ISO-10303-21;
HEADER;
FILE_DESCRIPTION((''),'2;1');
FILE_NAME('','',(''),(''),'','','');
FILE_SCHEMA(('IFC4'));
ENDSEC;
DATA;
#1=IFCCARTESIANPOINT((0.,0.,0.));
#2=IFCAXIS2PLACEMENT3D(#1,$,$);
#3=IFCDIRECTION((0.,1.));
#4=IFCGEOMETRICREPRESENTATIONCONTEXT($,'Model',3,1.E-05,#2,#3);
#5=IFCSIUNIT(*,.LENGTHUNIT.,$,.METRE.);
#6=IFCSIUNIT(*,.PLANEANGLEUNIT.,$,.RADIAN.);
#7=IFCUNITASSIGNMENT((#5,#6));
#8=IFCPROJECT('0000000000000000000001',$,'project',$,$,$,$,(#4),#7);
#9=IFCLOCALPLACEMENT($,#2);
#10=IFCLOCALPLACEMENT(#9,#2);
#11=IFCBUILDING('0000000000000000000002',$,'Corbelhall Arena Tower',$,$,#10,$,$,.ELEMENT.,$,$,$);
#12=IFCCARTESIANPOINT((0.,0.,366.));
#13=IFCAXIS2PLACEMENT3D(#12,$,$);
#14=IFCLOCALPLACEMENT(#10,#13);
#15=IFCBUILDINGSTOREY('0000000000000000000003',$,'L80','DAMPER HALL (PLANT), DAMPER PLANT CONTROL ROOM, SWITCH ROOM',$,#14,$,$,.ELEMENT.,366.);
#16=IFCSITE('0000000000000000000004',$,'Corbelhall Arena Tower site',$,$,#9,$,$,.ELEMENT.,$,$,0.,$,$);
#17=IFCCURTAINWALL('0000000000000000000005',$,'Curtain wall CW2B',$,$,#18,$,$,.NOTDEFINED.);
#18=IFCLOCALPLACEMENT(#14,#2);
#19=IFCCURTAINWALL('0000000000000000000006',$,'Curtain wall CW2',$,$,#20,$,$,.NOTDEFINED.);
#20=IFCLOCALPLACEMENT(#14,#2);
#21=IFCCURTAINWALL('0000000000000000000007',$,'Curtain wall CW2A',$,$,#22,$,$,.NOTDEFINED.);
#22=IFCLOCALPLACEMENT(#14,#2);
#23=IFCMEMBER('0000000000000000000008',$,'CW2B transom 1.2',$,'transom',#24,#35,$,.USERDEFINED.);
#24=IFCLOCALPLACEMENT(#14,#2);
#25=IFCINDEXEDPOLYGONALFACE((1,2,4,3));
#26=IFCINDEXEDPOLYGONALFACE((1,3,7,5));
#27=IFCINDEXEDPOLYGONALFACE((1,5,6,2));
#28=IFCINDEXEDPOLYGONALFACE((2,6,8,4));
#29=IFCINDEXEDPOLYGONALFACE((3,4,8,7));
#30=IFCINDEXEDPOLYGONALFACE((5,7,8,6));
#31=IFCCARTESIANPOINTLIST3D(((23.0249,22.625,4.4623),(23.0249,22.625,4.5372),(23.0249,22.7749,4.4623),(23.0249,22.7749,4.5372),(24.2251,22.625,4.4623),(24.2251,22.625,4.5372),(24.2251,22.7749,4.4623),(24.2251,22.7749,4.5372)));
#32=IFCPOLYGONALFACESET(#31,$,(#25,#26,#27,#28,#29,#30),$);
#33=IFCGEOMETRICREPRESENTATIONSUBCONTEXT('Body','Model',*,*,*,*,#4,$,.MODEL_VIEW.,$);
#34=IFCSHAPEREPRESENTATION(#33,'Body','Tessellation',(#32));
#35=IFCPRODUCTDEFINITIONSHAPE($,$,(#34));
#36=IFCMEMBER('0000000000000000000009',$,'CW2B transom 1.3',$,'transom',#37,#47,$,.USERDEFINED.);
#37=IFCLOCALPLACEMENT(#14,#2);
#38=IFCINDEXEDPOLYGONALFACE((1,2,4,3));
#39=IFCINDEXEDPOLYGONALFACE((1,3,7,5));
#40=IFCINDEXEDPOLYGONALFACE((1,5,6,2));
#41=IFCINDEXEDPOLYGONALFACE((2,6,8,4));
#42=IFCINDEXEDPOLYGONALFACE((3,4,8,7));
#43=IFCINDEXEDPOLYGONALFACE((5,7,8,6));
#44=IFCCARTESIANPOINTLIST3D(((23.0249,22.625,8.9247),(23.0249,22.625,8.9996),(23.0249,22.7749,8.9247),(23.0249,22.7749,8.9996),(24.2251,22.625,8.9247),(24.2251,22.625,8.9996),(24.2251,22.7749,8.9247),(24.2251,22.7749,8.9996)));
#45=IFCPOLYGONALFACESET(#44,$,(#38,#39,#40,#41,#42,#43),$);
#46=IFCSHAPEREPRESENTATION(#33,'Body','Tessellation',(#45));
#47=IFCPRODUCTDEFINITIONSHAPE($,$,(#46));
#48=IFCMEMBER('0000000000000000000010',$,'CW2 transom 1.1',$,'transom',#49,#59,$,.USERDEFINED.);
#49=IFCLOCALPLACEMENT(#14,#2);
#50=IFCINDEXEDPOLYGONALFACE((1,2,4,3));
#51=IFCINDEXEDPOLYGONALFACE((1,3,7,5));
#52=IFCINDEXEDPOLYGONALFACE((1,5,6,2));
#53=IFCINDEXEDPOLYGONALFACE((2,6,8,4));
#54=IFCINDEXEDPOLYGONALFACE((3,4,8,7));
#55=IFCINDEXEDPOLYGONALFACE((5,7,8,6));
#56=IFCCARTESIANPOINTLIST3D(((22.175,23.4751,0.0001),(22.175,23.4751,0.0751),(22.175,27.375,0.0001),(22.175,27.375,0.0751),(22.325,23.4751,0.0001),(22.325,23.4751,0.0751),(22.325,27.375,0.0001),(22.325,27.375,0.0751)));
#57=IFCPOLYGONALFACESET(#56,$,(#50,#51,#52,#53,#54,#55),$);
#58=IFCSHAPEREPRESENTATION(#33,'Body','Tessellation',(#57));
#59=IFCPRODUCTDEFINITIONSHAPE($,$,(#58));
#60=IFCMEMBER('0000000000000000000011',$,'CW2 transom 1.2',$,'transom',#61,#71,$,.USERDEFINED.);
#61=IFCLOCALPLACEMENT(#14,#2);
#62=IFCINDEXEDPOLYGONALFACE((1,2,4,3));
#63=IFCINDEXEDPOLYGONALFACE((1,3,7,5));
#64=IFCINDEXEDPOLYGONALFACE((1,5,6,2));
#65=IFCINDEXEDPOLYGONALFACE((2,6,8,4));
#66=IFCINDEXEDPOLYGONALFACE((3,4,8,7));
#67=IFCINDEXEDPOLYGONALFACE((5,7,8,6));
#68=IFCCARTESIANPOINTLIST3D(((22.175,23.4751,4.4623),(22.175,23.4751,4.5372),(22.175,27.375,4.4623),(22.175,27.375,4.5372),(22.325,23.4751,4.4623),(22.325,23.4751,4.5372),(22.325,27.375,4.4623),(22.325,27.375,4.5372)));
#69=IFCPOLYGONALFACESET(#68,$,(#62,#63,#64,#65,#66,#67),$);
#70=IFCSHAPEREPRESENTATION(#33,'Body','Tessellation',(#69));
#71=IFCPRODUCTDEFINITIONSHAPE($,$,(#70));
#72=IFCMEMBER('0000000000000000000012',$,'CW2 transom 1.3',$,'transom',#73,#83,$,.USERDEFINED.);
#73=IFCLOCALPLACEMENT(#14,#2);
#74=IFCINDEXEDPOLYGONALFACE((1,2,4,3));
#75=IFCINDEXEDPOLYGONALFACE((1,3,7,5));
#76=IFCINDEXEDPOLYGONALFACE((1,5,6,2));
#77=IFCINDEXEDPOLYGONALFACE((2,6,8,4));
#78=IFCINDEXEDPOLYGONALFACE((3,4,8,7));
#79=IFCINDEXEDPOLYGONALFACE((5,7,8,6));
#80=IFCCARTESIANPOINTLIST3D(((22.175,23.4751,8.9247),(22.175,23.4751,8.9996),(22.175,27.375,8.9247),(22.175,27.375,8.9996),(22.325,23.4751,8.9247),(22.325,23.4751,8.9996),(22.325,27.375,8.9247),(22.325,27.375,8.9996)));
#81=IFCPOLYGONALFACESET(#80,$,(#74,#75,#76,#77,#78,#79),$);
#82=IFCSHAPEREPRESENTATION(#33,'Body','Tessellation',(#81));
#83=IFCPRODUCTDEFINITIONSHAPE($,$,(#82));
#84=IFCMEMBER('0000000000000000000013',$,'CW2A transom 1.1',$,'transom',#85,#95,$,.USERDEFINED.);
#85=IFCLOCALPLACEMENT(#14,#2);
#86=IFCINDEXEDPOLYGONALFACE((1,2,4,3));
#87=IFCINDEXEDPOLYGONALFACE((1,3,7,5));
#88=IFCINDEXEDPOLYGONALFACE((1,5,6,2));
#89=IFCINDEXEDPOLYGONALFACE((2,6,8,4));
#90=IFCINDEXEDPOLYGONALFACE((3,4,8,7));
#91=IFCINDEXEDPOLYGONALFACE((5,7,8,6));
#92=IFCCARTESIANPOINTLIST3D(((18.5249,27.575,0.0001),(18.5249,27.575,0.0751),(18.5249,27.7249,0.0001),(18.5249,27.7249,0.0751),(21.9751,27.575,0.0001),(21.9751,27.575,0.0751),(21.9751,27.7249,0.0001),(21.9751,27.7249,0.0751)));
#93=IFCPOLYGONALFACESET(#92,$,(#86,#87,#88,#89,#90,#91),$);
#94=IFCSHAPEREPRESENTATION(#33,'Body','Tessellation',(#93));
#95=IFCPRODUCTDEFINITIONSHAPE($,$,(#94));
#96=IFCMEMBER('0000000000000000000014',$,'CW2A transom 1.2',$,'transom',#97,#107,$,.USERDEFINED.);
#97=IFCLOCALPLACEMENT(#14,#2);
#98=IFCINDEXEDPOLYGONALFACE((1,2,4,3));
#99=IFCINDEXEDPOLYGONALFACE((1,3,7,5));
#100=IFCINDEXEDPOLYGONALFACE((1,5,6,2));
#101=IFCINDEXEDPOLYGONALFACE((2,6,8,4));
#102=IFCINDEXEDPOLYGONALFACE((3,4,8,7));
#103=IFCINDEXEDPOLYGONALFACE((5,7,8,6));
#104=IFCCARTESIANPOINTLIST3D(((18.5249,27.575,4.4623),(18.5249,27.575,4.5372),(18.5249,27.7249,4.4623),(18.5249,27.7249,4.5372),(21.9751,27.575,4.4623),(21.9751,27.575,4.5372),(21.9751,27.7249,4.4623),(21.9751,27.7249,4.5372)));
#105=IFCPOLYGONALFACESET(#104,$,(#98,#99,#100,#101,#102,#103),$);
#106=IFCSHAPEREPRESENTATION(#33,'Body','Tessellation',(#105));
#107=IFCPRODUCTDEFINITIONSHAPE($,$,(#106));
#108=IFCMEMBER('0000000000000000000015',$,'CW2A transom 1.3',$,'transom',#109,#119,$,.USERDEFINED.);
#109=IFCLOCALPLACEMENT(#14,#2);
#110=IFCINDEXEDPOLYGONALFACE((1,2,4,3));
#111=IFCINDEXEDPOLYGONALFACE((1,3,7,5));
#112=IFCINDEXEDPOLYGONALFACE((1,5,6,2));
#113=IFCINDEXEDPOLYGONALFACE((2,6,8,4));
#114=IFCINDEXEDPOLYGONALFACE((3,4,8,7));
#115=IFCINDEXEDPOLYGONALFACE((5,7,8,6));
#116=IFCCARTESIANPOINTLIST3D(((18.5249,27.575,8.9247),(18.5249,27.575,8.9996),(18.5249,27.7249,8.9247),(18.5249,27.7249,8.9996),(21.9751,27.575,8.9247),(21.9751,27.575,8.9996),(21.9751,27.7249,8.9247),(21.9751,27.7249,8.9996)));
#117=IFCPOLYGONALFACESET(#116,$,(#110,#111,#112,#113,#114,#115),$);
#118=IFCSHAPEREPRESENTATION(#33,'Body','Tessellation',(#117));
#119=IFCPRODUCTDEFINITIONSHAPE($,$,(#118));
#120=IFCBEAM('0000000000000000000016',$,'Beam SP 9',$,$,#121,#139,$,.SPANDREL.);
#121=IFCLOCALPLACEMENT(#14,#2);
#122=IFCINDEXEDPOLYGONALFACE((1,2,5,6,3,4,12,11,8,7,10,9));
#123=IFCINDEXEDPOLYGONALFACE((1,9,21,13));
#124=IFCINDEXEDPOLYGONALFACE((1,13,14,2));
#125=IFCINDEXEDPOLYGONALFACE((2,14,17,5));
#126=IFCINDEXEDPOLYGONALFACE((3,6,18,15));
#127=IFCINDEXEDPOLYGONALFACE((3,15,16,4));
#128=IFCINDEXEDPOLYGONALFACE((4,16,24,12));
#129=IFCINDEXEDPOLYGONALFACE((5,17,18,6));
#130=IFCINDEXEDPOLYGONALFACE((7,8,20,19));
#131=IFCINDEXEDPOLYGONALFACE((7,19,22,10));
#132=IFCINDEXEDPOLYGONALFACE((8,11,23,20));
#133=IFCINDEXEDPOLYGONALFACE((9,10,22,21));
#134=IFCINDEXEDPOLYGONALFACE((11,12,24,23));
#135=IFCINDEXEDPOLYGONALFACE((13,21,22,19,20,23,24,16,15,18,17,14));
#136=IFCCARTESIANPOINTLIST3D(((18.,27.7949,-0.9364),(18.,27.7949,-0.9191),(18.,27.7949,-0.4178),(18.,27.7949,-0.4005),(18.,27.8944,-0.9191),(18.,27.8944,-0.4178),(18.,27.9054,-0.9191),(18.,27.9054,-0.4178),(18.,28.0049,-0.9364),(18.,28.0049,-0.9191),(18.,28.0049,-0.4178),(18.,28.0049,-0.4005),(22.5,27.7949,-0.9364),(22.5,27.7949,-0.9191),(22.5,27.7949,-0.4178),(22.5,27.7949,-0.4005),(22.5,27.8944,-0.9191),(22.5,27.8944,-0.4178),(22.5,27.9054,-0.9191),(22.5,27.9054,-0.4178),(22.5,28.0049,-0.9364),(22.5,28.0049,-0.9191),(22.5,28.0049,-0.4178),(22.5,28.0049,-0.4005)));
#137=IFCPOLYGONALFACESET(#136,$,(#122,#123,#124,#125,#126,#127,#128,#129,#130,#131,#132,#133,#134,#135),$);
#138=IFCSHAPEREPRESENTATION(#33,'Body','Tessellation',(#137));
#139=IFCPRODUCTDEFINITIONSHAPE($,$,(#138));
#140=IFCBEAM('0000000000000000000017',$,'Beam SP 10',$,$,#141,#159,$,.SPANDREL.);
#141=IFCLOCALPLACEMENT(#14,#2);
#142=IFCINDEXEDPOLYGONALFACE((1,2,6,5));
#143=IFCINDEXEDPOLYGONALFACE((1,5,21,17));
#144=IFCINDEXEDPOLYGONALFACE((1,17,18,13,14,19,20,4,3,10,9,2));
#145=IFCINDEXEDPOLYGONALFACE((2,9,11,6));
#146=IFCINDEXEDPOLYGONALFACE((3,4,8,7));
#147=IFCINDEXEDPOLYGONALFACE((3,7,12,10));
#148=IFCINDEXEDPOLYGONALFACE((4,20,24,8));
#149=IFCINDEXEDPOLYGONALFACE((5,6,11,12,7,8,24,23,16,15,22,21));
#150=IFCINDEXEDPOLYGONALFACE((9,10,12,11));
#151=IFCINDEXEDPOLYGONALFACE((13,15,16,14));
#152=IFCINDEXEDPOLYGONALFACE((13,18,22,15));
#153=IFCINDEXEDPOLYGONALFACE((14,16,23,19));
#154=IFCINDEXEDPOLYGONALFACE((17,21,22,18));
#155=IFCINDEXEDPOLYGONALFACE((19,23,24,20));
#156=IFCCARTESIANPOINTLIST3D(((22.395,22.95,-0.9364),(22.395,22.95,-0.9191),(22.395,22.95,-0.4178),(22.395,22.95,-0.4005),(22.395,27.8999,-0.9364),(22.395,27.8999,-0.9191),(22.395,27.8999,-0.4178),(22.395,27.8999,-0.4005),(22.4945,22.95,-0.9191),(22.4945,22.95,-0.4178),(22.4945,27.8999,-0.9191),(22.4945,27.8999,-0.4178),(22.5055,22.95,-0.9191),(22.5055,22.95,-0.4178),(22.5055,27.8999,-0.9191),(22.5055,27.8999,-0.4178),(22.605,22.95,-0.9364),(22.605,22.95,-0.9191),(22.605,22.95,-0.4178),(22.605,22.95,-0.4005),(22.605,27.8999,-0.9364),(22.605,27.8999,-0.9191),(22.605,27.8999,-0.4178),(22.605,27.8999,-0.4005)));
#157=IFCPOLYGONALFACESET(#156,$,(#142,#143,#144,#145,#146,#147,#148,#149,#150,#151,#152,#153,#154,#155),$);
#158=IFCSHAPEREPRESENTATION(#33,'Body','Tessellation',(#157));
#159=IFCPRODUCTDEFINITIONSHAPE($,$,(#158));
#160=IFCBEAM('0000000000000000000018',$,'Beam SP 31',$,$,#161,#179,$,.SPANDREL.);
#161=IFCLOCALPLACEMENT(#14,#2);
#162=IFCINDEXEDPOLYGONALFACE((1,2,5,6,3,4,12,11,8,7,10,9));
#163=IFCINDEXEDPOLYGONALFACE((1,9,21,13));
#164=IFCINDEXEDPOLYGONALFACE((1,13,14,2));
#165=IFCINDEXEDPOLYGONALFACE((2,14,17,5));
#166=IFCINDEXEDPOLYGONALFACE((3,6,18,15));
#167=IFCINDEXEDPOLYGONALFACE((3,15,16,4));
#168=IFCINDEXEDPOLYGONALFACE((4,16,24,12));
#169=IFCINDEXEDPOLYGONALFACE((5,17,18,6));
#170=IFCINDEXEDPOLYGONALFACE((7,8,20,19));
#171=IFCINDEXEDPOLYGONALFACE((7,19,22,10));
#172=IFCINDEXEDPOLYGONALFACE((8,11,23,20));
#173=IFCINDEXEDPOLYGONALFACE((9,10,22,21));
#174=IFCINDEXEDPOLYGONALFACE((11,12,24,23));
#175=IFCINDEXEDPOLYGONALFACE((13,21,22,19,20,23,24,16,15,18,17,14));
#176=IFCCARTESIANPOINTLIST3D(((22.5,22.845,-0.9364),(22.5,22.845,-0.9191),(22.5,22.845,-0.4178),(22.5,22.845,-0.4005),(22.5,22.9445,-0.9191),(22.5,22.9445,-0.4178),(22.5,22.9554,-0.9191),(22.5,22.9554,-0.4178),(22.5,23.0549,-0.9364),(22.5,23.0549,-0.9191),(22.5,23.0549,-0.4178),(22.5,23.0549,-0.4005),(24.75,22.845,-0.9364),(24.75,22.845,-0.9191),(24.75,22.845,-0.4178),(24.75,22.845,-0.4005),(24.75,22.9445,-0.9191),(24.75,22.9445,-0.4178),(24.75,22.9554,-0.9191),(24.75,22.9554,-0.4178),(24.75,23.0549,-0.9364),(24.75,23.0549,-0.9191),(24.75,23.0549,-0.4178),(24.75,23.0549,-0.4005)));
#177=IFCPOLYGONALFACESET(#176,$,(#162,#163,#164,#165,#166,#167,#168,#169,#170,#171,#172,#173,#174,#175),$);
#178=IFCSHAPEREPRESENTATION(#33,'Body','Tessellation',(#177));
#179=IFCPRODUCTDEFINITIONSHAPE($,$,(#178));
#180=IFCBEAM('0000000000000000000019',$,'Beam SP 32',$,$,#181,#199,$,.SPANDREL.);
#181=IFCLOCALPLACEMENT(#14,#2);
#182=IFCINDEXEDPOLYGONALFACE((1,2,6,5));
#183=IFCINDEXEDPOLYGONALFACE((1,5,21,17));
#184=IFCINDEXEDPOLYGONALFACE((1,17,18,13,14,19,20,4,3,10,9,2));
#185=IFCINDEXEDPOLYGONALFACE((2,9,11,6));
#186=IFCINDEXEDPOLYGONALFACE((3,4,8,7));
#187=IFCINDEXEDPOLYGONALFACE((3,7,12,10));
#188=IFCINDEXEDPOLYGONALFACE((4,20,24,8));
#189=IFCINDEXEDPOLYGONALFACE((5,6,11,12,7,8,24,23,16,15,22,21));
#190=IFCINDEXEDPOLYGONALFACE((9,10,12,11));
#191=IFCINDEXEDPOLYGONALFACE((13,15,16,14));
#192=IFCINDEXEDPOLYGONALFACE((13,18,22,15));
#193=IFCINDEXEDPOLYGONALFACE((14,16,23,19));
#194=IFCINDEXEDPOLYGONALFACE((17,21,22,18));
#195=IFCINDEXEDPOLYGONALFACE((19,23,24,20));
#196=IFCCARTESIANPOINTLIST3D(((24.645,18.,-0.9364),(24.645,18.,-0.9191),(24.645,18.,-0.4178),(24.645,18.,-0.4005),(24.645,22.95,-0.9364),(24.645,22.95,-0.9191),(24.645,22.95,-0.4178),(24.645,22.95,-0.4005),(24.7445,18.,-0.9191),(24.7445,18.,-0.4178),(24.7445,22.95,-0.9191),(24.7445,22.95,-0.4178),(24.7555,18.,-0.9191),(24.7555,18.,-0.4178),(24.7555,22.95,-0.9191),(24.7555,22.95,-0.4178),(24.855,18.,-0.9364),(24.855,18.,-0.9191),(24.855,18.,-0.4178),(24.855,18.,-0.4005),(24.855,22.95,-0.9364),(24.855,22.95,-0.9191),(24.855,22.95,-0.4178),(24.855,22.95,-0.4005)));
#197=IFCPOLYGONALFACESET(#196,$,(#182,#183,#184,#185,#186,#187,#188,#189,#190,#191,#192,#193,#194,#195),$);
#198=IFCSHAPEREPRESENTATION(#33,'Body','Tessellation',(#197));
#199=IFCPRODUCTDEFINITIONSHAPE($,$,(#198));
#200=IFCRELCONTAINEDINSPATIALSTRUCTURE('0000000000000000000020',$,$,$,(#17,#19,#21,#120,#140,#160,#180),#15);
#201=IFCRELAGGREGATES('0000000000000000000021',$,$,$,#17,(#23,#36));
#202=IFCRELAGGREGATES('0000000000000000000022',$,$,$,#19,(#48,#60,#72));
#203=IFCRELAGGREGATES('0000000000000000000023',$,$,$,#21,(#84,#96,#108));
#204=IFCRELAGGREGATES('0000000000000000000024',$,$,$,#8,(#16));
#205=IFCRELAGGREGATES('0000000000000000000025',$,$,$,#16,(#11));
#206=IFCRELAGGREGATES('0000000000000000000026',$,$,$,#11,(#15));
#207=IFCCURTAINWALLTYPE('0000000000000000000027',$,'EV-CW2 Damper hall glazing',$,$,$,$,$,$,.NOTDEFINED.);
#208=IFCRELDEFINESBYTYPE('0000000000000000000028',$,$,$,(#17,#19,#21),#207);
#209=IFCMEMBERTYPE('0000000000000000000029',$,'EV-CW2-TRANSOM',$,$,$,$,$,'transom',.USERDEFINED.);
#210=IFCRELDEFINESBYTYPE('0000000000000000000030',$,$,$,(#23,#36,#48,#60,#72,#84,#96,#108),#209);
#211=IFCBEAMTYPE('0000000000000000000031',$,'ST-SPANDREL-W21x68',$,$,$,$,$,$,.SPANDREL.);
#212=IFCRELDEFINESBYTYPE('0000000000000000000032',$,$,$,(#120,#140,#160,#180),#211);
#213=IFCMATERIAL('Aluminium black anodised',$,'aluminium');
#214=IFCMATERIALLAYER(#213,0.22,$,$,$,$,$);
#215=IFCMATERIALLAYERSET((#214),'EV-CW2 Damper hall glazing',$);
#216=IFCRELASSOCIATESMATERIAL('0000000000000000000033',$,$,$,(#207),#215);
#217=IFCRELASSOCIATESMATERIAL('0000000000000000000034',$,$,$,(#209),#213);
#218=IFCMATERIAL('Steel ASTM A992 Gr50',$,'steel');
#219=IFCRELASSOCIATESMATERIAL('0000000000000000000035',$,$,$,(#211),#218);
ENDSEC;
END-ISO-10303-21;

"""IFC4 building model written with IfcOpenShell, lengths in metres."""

from ifc_helpers import new_model, si_unit, direction, frame, origin, origin_2d, place, context, subcontext, project, spatial, rectangle, i_section, extrude, material, layer, layer_set, material_profile, profile_set, type_object, element, aggregate, save


model = new_model("IFC4")

# Units and contexts
model_context = context("Model", 3, precision=1e-05, world=origin(), true_north=direction((0.0, 1.0)))
body_context = subcontext(model_context, "Body", "Model", "MODEL_VIEW")
ifc_project = project(units=[si_unit("LENGTHUNIT", "METRE"), si_unit("PLANEANGLEUNIT", "RADIAN")], contexts=[model_context])

# Site, building, storey
site_placement = place(None, origin())
site = spatial("IfcSite", under=ifc_project, at=site_placement, Name="Corbelhall Arena Tower site", CompositionType="ELEMENT", RefElevation=0.0)
building_placement = place(site_placement, origin())
building = spatial("IfcBuilding", under=site, at=building_placement, Name="Corbelhall Arena Tower", CompositionType="ELEMENT")
storey_placement = place(building_placement, frame((0.0, 0.0, 366.0)))
storey = spatial("IfcBuildingStorey", under=building, at=storey_placement, Name="L80", Description="DAMPER HALL (PLANT), DAMPER PLANT CONTROL ROOM, SWITCH ROOM", CompositionType="ELEMENT", Elevation=366.0)

# Shared definitions
ifc_material_1 = material(Name="Aluminium black anodised", Category="aluminium")
ifc_layer_1 = layer(ifc_material_1, 0.22)
ifc_layer_set_1 = layer_set([ifc_layer_1], Name="EV-CW2 Damper hall glazing")
curtain_wall_type = type_object("IfcCurtainWallType", Name="EV-CW2 Damper hall glazing", PredefinedType="NOTDEFINED", material=ifc_layer_set_1)

# Curtain walls
curtain_wall_1_placement = place(storey_placement, origin())
curtain_wall_1 = element("IfcCurtainWall", 1, at=curtain_wall_1_placement, inside=storey, type_object=curtain_wall_type, Name="Curtain wall CW2B", PredefinedType="NOTDEFINED")
curtain_wall_2_placement = place(storey_placement, origin())
curtain_wall_2 = element("IfcCurtainWall", 2, at=curtain_wall_2_placement, inside=storey, type_object=curtain_wall_type, Name="Curtain wall CW2", PredefinedType="NOTDEFINED")
curtain_wall_3_placement = place(storey_placement, origin())
curtain_wall_3 = element("IfcCurtainWall", 3, at=curtain_wall_3_placement, inside=storey, type_object=curtain_wall_type, Name="Curtain wall CW2A", PredefinedType="NOTDEFINED")

# Members
ifc_material_profile_1 = material_profile(ifc_material_1, rectangle(XDim=0.1499, YDim=0.075, at=origin_2d()))
ifc_profile_set_1 = profile_set([ifc_material_profile_1], Name="Aluminium black anodised")
member_type_1 = type_object("IfcMemberType", Name="EV-CW2-TRANSOM", ElementType="transom", PredefinedType="USERDEFINED", material=ifc_profile_set_1)
member_1_placement = place(storey_placement, frame((24.2251, 22.7, 4.4998), z_axis=(-1.0, 0.0, 0.0), x_axis=(0.0, -1.0, 0.0)))
member_1 = element("IfcMember", 4, at=member_1_placement, type_object=member_type_1, Name="CW2B transom 1.2", ObjectType="transom", PredefinedType="USERDEFINED", context=body_context, shape_type="SweptSolid", body=[
    extrude(rectangle(XDim=0.1499, YDim=0.075, at=origin_2d()), origin(), (0.0, 0.0, 1.0), 1.2002),
])
member_2_placement = place(storey_placement, frame((24.2251, 22.7, 8.9622), z_axis=(-1.0, 0.0, 0.0), x_axis=(0.0, -1.0, 0.0)))
member_2 = element("IfcMember", 5, at=member_2_placement, type_object=member_type_1, Name="CW2B transom 1.3", ObjectType="transom", PredefinedType="USERDEFINED", context=body_context, shape_type="SweptSolid", body=[
    extrude(rectangle(XDim=0.1499, YDim=0.075, at=origin_2d()), origin(), (0.0, 0.0, 1.0), 1.2002),
])
member_3_placement = place(storey_placement, frame((22.25, 23.4751, 0.0376), z_axis=(0.0, 1.0, 0.0), x_axis=(-1.0, 0.0, 0.0)))
member_3 = element("IfcMember", 6, at=member_3_placement, type_object=member_type_1, Name="CW2 transom 1.1", ObjectType="transom", PredefinedType="USERDEFINED", context=body_context, shape_type="SweptSolid", body=[
    extrude(rectangle(XDim=0.1499, YDim=0.075, at=origin_2d()), origin(), (0.0, 0.0, 1.0), 3.8999),
])
member_4_placement = place(storey_placement, frame((22.25, 23.4751, 4.4998), z_axis=(0.0, 1.0, 0.0), x_axis=(-1.0, 0.0, 0.0)))
member_4 = element("IfcMember", 7, at=member_4_placement, type_object=member_type_1, Name="CW2 transom 1.2", ObjectType="transom", PredefinedType="USERDEFINED", context=body_context, shape_type="SweptSolid", body=[
    extrude(rectangle(XDim=0.1499, YDim=0.075, at=origin_2d()), origin(), (0.0, 0.0, 1.0), 3.8999),
])
member_5_placement = place(storey_placement, frame((22.25, 23.4751, 8.9622), z_axis=(0.0, 1.0, 0.0), x_axis=(-1.0, 0.0, 0.0)))
member_5 = element("IfcMember", 8, at=member_5_placement, type_object=member_type_1, Name="CW2 transom 1.3", ObjectType="transom", PredefinedType="USERDEFINED", context=body_context, shape_type="SweptSolid", body=[
    extrude(rectangle(XDim=0.1499, YDim=0.075, at=origin_2d()), origin(), (0.0, 0.0, 1.0), 3.8999),
])
member_6_placement = place(storey_placement, frame((21.9751, 27.6499, 0.0376), z_axis=(-1.0, 0.0, 0.0), x_axis=(0.0, -1.0, 0.0)))
member_6 = element("IfcMember", 9, at=member_6_placement, type_object=member_type_1, Name="CW2A transom 1.1", ObjectType="transom", PredefinedType="USERDEFINED", context=body_context, shape_type="SweptSolid", body=[
    extrude(rectangle(XDim=0.1499, YDim=0.075, at=origin_2d()), origin(), (0.0, 0.0, 1.0), 3.4502),
])
member_7_placement = place(storey_placement, frame((21.9751, 27.6499, 4.4998), z_axis=(-1.0, 0.0, 0.0), x_axis=(0.0, -1.0, 0.0)))
member_7 = element("IfcMember", 10, at=member_7_placement, type_object=member_type_1, Name="CW2A transom 1.2", ObjectType="transom", PredefinedType="USERDEFINED", context=body_context, shape_type="SweptSolid", body=[
    extrude(rectangle(XDim=0.1499, YDim=0.075, at=origin_2d()), origin(), (0.0, 0.0, 1.0), 3.4502),
])
member_8_placement = place(storey_placement, frame((21.9751, 27.6499, 8.9622), z_axis=(-1.0, 0.0, 0.0), x_axis=(0.0, -1.0, 0.0)))
member_8 = element("IfcMember", 11, at=member_8_placement, type_object=member_type_1, Name="CW2A transom 1.3", ObjectType="transom", PredefinedType="USERDEFINED", context=body_context, shape_type="SweptSolid", body=[
    extrude(rectangle(XDim=0.1499, YDim=0.075, at=origin_2d()), origin(), (0.0, 0.0, 1.0), 3.4502),
])

# Beams
ifc_material_2 = material(Name="Steel ASTM A992 Gr50", Category="steel")
ifc_material_profile_2 = material_profile(ifc_material_2, i_section(OverallWidth=0.21, OverallDepth=0.5359, WebThickness=0.011, FlangeThickness=0.0173, at=origin_2d()))
ifc_profile_set_2 = profile_set([ifc_material_profile_2], Name="Steel ASTM A992 Gr50")
beam_type = type_object("IfcBeamType", Name="ST-SPANDREL-W21x68", PredefinedType="SPANDREL", material=ifc_profile_set_2)
beam_1_placement = place(storey_placement, frame((18.0, 27.8999, -0.6685), z_axis=(1.0, 0.0, 0.0), x_axis=(0.0, 1.0, 0.0)))
element("IfcBeam", 12, at=beam_1_placement, inside=storey, type_object=beam_type, Name="Beam SP 9", PredefinedType="SPANDREL", context=body_context, shape_type="SweptSolid", body=[
    extrude(i_section(OverallWidth=0.21, OverallDepth=0.5359, WebThickness=0.011, FlangeThickness=0.0173, at=origin_2d()), origin(), (0.0, 0.0, 1.0), 4.5),
])
beam_2_placement = place(storey_placement, frame((22.5, 27.8999, -0.6685), z_axis=(0.0, -1.0, 0.0), x_axis=(1.0, 0.0, 0.0)))
element("IfcBeam", 13, at=beam_2_placement, inside=storey, type_object=beam_type, Name="Beam SP 10", PredefinedType="SPANDREL", context=body_context, shape_type="SweptSolid", body=[
    extrude(i_section(OverallWidth=0.21, OverallDepth=0.5359, WebThickness=0.011, FlangeThickness=0.0173, at=origin_2d()), origin(), (0.0, 0.0, 1.0), 4.95),
])
beam_3_placement = place(storey_placement, frame((22.5, 22.95, -0.6685), z_axis=(1.0, 0.0, 0.0), x_axis=(0.0, 1.0, 0.0)))
element("IfcBeam", 14, at=beam_3_placement, inside=storey, type_object=beam_type, Name="Beam SP 31", PredefinedType="SPANDREL", context=body_context, shape_type="SweptSolid", body=[
    extrude(i_section(OverallWidth=0.21, OverallDepth=0.5359, WebThickness=0.011, FlangeThickness=0.0173, at=origin_2d()), origin(), (0.0, 0.0, 1.0), 2.25),
])
beam_4_placement = place(storey_placement, frame((24.75, 22.95, -0.6685), z_axis=(0.0, -1.0, 0.0), x_axis=(1.0, 0.0, 0.0)))
element("IfcBeam", 15, at=beam_4_placement, inside=storey, type_object=beam_type, Name="Beam SP 32", PredefinedType="SPANDREL", context=body_context, shape_type="SweptSolid", body=[
    extrude(i_section(OverallWidth=0.21, OverallDepth=0.5359, WebThickness=0.011, FlangeThickness=0.0173, at=origin_2d()), origin(), (0.0, 0.0, 1.0), 4.95),
])

aggregate(curtain_wall_1, [member_1, member_2])
aggregate(curtain_wall_2, [member_3, member_4, member_5])
aggregate(curtain_wall_3, [member_6, member_7, member_8])

save(model, "model.ifc")
